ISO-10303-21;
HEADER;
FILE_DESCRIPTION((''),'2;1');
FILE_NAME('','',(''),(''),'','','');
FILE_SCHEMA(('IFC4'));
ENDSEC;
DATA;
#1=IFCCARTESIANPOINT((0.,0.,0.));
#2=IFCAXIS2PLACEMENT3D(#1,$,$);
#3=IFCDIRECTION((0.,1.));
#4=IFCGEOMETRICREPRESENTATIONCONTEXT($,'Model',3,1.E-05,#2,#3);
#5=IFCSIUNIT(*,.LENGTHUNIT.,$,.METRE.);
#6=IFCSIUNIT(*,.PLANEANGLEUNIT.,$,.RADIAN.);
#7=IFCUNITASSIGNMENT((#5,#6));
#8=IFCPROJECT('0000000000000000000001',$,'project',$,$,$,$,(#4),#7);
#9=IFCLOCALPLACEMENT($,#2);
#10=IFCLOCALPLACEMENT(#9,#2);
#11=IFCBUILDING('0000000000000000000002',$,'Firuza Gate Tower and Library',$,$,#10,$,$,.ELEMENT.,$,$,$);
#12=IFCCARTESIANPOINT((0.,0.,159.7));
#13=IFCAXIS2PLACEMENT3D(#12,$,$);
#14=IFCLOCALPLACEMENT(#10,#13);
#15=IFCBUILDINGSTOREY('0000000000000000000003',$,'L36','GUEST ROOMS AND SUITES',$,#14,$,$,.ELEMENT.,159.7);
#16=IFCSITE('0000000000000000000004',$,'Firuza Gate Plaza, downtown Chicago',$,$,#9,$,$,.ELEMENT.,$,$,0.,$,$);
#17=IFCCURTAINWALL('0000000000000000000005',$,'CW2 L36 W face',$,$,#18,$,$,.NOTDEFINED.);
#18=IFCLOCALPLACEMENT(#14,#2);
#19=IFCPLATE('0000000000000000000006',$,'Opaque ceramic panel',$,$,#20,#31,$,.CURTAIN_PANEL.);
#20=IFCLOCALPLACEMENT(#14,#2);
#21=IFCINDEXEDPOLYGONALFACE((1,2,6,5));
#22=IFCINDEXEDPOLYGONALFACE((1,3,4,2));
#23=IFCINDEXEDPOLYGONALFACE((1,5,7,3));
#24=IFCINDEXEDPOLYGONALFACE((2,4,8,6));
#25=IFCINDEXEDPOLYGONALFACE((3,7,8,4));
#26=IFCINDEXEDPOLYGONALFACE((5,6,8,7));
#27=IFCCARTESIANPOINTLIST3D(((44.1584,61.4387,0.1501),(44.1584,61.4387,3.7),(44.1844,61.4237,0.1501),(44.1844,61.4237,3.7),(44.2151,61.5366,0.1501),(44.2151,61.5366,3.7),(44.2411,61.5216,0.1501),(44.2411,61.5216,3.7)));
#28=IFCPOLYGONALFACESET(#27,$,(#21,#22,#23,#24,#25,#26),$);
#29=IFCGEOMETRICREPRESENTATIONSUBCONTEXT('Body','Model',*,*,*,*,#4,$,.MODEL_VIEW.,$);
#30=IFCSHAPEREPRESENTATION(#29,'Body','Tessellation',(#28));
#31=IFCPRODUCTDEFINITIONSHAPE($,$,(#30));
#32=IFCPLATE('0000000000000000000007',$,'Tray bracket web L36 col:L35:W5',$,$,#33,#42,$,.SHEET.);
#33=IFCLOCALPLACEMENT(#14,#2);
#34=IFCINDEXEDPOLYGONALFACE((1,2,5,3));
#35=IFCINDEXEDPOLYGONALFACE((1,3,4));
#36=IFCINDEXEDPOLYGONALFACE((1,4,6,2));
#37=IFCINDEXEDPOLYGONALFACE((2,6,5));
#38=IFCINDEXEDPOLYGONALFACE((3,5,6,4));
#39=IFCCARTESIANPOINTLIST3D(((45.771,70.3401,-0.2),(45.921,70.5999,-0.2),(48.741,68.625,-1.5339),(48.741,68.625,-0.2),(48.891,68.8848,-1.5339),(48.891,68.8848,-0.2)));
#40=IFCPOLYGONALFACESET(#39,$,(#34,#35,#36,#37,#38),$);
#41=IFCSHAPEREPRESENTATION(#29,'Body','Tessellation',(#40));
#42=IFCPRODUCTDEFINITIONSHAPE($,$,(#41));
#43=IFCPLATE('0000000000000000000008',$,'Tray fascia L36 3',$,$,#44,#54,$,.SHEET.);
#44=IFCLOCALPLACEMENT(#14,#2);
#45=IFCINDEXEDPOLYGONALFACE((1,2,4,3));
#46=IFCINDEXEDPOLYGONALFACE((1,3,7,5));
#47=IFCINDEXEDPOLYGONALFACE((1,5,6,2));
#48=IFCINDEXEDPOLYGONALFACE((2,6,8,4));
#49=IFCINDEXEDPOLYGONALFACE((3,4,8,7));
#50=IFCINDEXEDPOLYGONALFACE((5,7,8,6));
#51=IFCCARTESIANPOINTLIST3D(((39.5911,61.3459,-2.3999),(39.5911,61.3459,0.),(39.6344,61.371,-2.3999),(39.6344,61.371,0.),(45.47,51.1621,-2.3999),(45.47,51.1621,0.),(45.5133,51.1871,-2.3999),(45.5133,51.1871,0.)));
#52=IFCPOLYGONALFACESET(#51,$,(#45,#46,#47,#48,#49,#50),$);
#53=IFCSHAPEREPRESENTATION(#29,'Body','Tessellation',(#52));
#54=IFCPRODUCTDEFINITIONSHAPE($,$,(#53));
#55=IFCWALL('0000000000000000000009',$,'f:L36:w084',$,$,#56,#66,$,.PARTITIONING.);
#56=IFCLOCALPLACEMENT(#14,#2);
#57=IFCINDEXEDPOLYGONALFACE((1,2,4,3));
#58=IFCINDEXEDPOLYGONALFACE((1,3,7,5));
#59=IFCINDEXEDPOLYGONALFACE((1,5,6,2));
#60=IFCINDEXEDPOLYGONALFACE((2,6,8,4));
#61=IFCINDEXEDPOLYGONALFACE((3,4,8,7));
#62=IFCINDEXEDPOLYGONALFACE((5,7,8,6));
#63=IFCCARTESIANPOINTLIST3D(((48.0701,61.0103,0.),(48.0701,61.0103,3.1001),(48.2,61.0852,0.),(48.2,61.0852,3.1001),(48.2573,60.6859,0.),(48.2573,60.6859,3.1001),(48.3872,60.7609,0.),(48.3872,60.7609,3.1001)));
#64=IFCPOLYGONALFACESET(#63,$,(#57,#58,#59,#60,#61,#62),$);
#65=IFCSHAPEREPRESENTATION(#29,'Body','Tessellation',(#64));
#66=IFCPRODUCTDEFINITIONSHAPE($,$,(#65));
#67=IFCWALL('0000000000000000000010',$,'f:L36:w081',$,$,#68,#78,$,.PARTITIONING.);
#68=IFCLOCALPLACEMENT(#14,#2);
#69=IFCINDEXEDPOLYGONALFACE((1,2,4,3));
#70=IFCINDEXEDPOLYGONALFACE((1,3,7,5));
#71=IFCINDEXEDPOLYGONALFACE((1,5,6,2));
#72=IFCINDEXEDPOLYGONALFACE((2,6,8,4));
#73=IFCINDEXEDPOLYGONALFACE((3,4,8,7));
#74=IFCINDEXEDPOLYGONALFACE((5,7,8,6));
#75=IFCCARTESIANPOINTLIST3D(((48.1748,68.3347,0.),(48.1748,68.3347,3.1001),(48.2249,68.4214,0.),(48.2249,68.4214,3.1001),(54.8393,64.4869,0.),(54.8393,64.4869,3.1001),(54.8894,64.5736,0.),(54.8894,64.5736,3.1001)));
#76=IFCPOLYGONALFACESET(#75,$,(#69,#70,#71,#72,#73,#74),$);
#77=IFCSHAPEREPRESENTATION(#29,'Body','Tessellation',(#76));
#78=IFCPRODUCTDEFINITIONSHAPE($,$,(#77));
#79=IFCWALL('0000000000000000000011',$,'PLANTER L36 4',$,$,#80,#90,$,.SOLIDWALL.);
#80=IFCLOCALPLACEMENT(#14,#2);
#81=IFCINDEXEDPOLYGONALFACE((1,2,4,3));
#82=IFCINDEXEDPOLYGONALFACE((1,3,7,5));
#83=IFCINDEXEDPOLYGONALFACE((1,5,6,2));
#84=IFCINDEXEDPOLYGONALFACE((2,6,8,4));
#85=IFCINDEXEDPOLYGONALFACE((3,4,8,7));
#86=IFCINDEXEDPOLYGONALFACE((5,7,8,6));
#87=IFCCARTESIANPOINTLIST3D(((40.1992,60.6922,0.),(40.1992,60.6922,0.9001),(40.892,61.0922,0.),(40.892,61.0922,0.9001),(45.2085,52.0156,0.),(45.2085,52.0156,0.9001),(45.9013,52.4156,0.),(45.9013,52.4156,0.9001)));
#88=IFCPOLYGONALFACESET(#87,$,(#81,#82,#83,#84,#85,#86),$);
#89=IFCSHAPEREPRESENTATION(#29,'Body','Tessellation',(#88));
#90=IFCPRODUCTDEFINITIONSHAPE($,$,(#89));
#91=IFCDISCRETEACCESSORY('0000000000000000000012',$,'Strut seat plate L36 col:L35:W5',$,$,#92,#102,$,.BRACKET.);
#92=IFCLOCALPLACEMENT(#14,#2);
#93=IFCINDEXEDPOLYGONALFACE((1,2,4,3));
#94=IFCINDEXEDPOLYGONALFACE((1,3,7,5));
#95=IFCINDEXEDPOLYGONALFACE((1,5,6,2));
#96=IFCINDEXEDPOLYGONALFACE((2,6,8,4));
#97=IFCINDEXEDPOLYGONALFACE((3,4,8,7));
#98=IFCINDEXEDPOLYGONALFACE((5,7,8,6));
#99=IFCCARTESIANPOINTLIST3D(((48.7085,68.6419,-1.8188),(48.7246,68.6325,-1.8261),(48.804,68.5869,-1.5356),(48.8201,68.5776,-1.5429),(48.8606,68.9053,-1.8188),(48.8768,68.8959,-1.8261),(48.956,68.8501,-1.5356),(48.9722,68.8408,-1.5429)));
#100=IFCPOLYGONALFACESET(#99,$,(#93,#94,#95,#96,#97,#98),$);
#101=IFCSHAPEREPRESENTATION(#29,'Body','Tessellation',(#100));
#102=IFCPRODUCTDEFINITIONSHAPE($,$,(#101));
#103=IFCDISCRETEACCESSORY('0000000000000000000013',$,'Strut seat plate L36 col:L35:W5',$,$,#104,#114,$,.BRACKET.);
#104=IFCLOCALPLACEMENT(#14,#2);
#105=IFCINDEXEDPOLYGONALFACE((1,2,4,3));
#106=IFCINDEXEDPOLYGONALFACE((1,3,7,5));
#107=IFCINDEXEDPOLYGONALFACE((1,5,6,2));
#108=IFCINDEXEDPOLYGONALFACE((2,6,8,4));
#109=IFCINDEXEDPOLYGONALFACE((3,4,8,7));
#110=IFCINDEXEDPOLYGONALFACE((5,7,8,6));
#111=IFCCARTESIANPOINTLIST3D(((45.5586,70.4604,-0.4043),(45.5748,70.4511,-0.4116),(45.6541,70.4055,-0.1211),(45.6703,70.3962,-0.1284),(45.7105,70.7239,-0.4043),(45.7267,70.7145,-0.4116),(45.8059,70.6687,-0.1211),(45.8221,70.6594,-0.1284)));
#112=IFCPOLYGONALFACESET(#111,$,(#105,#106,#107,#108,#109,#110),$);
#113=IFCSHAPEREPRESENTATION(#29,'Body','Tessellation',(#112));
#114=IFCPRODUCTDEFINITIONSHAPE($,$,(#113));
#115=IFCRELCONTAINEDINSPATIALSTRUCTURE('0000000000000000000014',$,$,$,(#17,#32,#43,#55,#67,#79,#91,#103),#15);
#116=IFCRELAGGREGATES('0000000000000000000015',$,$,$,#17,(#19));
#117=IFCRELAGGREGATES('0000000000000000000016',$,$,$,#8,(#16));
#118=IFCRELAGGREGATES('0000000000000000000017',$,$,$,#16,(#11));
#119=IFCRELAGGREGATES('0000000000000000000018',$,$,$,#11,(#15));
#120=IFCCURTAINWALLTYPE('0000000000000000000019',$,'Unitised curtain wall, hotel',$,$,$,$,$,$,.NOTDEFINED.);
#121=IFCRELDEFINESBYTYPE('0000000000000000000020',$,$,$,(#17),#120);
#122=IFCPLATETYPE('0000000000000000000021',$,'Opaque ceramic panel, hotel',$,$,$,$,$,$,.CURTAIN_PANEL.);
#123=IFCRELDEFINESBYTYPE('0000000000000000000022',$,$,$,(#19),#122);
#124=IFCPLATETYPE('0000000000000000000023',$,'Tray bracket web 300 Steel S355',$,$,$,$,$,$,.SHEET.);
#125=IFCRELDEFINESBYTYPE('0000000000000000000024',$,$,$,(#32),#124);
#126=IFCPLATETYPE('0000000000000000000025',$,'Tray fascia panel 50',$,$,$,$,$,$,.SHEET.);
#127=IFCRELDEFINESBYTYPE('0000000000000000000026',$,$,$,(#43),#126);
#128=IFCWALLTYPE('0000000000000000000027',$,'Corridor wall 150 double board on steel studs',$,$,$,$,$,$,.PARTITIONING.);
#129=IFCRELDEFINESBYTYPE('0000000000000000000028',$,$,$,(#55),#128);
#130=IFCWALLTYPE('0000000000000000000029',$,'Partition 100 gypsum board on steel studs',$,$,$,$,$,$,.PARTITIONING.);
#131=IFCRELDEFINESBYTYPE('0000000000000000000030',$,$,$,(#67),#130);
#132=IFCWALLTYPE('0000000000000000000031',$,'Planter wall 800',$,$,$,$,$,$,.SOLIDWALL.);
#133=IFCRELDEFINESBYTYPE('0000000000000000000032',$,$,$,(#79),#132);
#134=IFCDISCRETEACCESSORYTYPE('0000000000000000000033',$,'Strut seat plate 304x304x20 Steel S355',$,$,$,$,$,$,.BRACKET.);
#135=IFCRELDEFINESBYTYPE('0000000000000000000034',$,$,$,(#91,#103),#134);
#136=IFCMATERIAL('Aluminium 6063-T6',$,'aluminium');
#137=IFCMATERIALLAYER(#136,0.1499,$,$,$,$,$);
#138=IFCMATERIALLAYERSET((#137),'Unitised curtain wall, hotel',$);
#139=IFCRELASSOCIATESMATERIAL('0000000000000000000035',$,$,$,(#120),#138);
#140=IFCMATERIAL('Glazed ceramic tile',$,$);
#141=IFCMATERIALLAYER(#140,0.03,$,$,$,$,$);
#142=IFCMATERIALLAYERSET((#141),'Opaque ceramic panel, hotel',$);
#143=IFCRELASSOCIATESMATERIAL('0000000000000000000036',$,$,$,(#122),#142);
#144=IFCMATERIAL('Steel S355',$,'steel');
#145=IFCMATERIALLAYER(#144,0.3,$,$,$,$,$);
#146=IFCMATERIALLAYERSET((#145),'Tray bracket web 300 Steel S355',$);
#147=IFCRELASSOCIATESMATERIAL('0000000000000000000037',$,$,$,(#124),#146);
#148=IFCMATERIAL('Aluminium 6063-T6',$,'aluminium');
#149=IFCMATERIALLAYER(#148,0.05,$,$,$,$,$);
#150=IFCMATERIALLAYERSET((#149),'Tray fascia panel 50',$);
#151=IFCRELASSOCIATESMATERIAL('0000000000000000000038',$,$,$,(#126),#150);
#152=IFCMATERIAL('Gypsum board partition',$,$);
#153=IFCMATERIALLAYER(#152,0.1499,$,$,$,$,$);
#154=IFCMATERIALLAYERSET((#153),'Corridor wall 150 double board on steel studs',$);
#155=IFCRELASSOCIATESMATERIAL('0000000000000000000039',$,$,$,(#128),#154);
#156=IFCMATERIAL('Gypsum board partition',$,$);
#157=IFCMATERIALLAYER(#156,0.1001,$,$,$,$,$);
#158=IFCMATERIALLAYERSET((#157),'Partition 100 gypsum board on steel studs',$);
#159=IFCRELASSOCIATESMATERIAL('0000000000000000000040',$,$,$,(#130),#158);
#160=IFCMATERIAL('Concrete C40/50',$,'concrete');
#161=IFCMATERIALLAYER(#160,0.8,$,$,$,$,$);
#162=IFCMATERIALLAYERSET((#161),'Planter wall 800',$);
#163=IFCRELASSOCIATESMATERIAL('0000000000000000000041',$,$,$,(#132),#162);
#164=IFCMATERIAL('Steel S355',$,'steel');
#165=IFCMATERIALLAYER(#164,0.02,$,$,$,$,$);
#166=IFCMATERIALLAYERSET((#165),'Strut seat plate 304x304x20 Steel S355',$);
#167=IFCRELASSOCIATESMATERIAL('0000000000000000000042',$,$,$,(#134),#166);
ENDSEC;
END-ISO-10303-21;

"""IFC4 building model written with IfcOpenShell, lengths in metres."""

from ifc_helpers import new_model, si_unit, direction, frame, frame_2d, origin, place, context, subcontext, project, spatial, polyline, rectangle, outline, extrude, material, layer, layer_set, type_object, element, aggregate, save


model = new_model("IFC4")

# Units and contexts
model_context = context("Model", 3, precision=1e-05, world=origin(), true_north=direction((0.0, 1.0)))
body_context = subcontext(model_context, "Body", "Model", "MODEL_VIEW")
ifc_project = project(units=[si_unit("LENGTHUNIT", "METRE"), si_unit("PLANEANGLEUNIT", "RADIAN")], contexts=[model_context])

# Site, building, storey
site_placement = place(None, origin())
site = spatial("IfcSite", under=ifc_project, at=site_placement, Name="Firuza Gate Plaza, downtown Chicago", CompositionType="ELEMENT", RefElevation=0.0)
building_placement = place(site_placement, origin())
building = spatial("IfcBuilding", under=site, at=building_placement, Name="Firuza Gate Tower and Library", CompositionType="ELEMENT")
storey_placement = place(building_placement, frame((0.0, 0.0, 159.7)))
storey = spatial("IfcBuildingStorey", under=building, at=storey_placement, Name="L36", Description="GUEST ROOMS AND SUITES", CompositionType="ELEMENT", Elevation=159.7)

# Curtain wall
ifc_material_1 = material(Name="Aluminium 6063-T6", Category="aluminium")
ifc_layer_1 = layer(ifc_material_1, 0.1499)
ifc_layer_set_1 = layer_set([ifc_layer_1], Name="Unitised curtain wall, hotel")
curtain_wall_type_1 = type_object("IfcCurtainWallType", Name="Unitised curtain wall, hotel", PredefinedType="NOTDEFINED", material=ifc_layer_set_1)
placement = place(storey_placement, origin())
curtain_wall_1 = element("IfcCurtainWall", 1, at=placement, inside=storey, type_object=curtain_wall_type_1, Name="CW2 L36 W face", PredefinedType="NOTDEFINED")

# Plate
ifc_material_2 = material(Name="Glazed ceramic tile")
ifc_layer_2 = layer(ifc_material_2, 0.03)
ifc_layer_set_2 = layer_set([ifc_layer_2], Name="Opaque ceramic panel, hotel")
plate_type_1 = type_object("IfcPlateType", Name="Opaque ceramic panel, hotel", PredefinedType="CURTAIN_PANEL", material=ifc_layer_set_2)
plate_1_placement = place(storey_placement, frame((44.2151, 61.5366, 0.1501), z_axis=(-0.865574, 0.500781, 0.0), x_axis=(-0.500781, -0.865574, 0.0)))
plate_1 = element("IfcPlate", 2, at=plate_1_placement, type_object=plate_type_1, Name="Opaque ceramic panel", PredefinedType="CURTAIN_PANEL", context=body_context, shape_type="SweptSolid", body=[
    extrude(outline(polyline([(0.0, 0.0), (0.1131, 0.0), (0.1131, 3.5498), (0.0, 3.5498), (0.0, 0.0)])), origin(), (0.0, 0.0, -1.0), 0.03),
])
aggregate(curtain_wall_1, [plate_1])

# Plates
ifc_material_3 = material(Name="Steel S355", Category="steel")
ifc_layer_3 = layer(ifc_material_3, 0.3)
ifc_layer_set_3 = layer_set([ifc_layer_3], Name="Tray bracket web 300 Steel S355")
plate_type_2 = type_object("IfcPlateType", Name="Tray bracket web 300 Steel S355", PredefinedType="SHEET", material=ifc_layer_set_3)
plate_2_placement = place(storey_placement, frame((48.741, 68.625, -0.2), z_axis=(-0.500082, -0.865978, 0.0), x_axis=(-0.865978, 0.500082, 0.0)))
element("IfcPlate", 3, at=plate_2_placement, inside=storey, type_object=plate_type_2, Name="Tray bracket web L36 col:L35:W5", PredefinedType="SHEET", context=body_context, shape_type="SweptSolid", body=[
    extrude(outline(polyline([(0.0, 0.0), (3.4296, 0.0), (0.0, 1.334), (0.0, 0.0)])), origin(), (0.0, 0.0, -1.0), 0.3),
])
ifc_material_4 = material(Name="Aluminium 6063-T6", Category="aluminium")
ifc_layer_4 = layer(ifc_material_4, 0.05)
ifc_layer_set_4 = layer_set([ifc_layer_4], Name="Tray fascia panel 50")
plate_type_3 = type_object("IfcPlateType", Name="Tray fascia panel 50", PredefinedType="SHEET", material=ifc_layer_set_4)
plate_3_placement = place(storey_placement, frame((39.5911, 61.3459, -2.3999), z_axis=(-0.866052, -0.499953, 0.0), x_axis=(0.499953, -0.866052, 0.0)))
element("IfcPlate", 4, at=plate_3_placement, inside=storey, type_object=plate_type_3, Name="Tray fascia L36 3", PredefinedType="SHEET", context=body_context, shape_type="SweptSolid", body=[
    extrude(outline(polyline([(0.0, 0.0), (11.7589, 0.0), (11.7589, 2.3999), (0.0, 2.3999), (0.0, 0.0)])), origin(), (0.0, 0.0, -1.0), 0.05),
])

# Walls
ifc_material_5 = material(Name="Gypsum board partition")
ifc_layer_5 = layer(ifc_material_5, 0.1499)
ifc_layer_set_5 = layer_set([ifc_layer_5], Name="Corridor wall 150 double board on steel studs")
wall_type_1 = type_object("IfcWallType", Name="Corridor wall 150 double board on steel studs", PredefinedType="PARTITIONING", material=ifc_layer_set_5)
wall_1_placement = place(storey_placement, frame((48.3223, 60.7234, 0.0), z_axis=(0.0, 0.0, 1.0), x_axis=(-0.499854, 0.86611, 0.0)))
element("IfcWall", 5, at=wall_1_placement, inside=storey, type_object=wall_type_1, Name="f:L36:w084", PredefinedType="PARTITIONING", context=body_context, shape_type="SweptSolid", body=[
    extrude(rectangle(XDim=0.3745, YDim=0.1499, at=frame_2d((0.1873, 0.0))), origin(), (0.0, 0.0, 1.0), 3.1001),
])
ifc_material_6 = material(Name="Gypsum board partition")
ifc_layer_6 = layer(ifc_material_6, 0.1001)
ifc_layer_set_6 = layer_set([ifc_layer_6], Name="Partition 100 gypsum board on steel studs")
wall_type_2 = type_object("IfcWallType", Name="Partition 100 gypsum board on steel studs", PredefinedType="PARTITIONING", material=ifc_layer_set_6)
wall_2_placement = place(storey_placement, frame((54.8643, 64.5303, 0.0), z_axis=(0.0, 0.0, 1.0), x_axis=(-0.866019, 0.500012, 0.0)))
element("IfcWall", 6, at=wall_2_placement, inside=storey, type_object=wall_type_2, Name="f:L36:w081", PredefinedType="PARTITIONING", context=body_context, shape_type="SweptSolid", body=[
    extrude(rectangle(XDim=7.6956, YDim=0.1001, at=frame_2d((3.8477, 0.0))), origin(), (0.0, 0.0, 1.0), 3.1001),
])
ifc_material_7 = material(Name="Concrete C40/50", Category="concrete")
ifc_layer_7 = layer(ifc_material_7, 0.8)
ifc_layer_set_7 = layer_set([ifc_layer_7], Name="Planter wall 800")
wall_type_3 = type_object("IfcWallType", Name="Planter wall 800", PredefinedType="SOLIDWALL", material=ifc_layer_set_7)
wall_3_placement = place(storey_placement, frame((40.5457, 60.8921, 0.0), z_axis=(0.0, 0.0, 1.0), x_axis=(0.499992, -0.86603, 0.0)))
element("IfcWall", 7, at=wall_3_placement, inside=storey, type_object=wall_type_3, Name="PLANTER L36 4", PredefinedType="SOLIDWALL", context=body_context, shape_type="SweptSolid", body=[
    extrude(rectangle(XDim=10.0188, YDim=0.8, at=frame_2d((5.0093, 0.0))), origin(), (0.0, 0.0, 1.0), 0.9001),
])

# Discrete accessories
ifc_material_8 = material(Name="Steel S355", Category="steel")
ifc_layer_8 = layer(ifc_material_8, 0.02)
ifc_layer_set_8 = layer_set([ifc_layer_8], Name="Strut seat plate 304x304x20 Steel S355")
discrete_accessory_type = type_object("IfcDiscreteAccessoryType", Name="Strut seat plate 304x304x20 Steel S355", PredefinedType="BRACKET", material=ifc_layer_set_8)
discrete_accessory_1_placement = place(storey_placement, frame((48.804, 68.5869, -1.5356), z_axis=(-0.806974, 0.466152, 0.362624), x_axis=(0.50022, 0.865898, 0.000068)))
element("IfcDiscreteAccessory", 8, at=discrete_accessory_1_placement, inside=storey, type_object=discrete_accessory_type, Name="Strut seat plate L36 col:L35:W5", PredefinedType="BRACKET", context=body_context, shape_type="SweptSolid", body=[
    extrude(outline(polyline([(0.0, 0.0), (0.304, 0.0), (0.304, 0.3039), (-0.0002, 0.3039), (0.0, 0.0)])), origin(), (0.0, 0.0, -1.0), 0.02),
])
discrete_accessory_2_placement = place(storey_placement, frame((45.8059, 70.6687, -0.1211), z_axis=(-0.807298, 0.46559, 0.362624), x_axis=(-0.499618, -0.866246, -0.000068)))
element("IfcDiscreteAccessory", 9, at=discrete_accessory_2_placement, inside=storey, type_object=discrete_accessory_type, Name="Strut seat plate L36 col:L35:W5", PredefinedType="BRACKET", context=body_context, shape_type="SweptSolid", body=[
    extrude(outline(polyline([(0.0, 0.0), (0.3039, 0.0), (0.304, -0.3039), (-0.0001, -0.3039), (0.0, 0.0)])), origin(), (0.0, 0.0, -1.0), 0.02),
])

save(model, "model.ifc")
